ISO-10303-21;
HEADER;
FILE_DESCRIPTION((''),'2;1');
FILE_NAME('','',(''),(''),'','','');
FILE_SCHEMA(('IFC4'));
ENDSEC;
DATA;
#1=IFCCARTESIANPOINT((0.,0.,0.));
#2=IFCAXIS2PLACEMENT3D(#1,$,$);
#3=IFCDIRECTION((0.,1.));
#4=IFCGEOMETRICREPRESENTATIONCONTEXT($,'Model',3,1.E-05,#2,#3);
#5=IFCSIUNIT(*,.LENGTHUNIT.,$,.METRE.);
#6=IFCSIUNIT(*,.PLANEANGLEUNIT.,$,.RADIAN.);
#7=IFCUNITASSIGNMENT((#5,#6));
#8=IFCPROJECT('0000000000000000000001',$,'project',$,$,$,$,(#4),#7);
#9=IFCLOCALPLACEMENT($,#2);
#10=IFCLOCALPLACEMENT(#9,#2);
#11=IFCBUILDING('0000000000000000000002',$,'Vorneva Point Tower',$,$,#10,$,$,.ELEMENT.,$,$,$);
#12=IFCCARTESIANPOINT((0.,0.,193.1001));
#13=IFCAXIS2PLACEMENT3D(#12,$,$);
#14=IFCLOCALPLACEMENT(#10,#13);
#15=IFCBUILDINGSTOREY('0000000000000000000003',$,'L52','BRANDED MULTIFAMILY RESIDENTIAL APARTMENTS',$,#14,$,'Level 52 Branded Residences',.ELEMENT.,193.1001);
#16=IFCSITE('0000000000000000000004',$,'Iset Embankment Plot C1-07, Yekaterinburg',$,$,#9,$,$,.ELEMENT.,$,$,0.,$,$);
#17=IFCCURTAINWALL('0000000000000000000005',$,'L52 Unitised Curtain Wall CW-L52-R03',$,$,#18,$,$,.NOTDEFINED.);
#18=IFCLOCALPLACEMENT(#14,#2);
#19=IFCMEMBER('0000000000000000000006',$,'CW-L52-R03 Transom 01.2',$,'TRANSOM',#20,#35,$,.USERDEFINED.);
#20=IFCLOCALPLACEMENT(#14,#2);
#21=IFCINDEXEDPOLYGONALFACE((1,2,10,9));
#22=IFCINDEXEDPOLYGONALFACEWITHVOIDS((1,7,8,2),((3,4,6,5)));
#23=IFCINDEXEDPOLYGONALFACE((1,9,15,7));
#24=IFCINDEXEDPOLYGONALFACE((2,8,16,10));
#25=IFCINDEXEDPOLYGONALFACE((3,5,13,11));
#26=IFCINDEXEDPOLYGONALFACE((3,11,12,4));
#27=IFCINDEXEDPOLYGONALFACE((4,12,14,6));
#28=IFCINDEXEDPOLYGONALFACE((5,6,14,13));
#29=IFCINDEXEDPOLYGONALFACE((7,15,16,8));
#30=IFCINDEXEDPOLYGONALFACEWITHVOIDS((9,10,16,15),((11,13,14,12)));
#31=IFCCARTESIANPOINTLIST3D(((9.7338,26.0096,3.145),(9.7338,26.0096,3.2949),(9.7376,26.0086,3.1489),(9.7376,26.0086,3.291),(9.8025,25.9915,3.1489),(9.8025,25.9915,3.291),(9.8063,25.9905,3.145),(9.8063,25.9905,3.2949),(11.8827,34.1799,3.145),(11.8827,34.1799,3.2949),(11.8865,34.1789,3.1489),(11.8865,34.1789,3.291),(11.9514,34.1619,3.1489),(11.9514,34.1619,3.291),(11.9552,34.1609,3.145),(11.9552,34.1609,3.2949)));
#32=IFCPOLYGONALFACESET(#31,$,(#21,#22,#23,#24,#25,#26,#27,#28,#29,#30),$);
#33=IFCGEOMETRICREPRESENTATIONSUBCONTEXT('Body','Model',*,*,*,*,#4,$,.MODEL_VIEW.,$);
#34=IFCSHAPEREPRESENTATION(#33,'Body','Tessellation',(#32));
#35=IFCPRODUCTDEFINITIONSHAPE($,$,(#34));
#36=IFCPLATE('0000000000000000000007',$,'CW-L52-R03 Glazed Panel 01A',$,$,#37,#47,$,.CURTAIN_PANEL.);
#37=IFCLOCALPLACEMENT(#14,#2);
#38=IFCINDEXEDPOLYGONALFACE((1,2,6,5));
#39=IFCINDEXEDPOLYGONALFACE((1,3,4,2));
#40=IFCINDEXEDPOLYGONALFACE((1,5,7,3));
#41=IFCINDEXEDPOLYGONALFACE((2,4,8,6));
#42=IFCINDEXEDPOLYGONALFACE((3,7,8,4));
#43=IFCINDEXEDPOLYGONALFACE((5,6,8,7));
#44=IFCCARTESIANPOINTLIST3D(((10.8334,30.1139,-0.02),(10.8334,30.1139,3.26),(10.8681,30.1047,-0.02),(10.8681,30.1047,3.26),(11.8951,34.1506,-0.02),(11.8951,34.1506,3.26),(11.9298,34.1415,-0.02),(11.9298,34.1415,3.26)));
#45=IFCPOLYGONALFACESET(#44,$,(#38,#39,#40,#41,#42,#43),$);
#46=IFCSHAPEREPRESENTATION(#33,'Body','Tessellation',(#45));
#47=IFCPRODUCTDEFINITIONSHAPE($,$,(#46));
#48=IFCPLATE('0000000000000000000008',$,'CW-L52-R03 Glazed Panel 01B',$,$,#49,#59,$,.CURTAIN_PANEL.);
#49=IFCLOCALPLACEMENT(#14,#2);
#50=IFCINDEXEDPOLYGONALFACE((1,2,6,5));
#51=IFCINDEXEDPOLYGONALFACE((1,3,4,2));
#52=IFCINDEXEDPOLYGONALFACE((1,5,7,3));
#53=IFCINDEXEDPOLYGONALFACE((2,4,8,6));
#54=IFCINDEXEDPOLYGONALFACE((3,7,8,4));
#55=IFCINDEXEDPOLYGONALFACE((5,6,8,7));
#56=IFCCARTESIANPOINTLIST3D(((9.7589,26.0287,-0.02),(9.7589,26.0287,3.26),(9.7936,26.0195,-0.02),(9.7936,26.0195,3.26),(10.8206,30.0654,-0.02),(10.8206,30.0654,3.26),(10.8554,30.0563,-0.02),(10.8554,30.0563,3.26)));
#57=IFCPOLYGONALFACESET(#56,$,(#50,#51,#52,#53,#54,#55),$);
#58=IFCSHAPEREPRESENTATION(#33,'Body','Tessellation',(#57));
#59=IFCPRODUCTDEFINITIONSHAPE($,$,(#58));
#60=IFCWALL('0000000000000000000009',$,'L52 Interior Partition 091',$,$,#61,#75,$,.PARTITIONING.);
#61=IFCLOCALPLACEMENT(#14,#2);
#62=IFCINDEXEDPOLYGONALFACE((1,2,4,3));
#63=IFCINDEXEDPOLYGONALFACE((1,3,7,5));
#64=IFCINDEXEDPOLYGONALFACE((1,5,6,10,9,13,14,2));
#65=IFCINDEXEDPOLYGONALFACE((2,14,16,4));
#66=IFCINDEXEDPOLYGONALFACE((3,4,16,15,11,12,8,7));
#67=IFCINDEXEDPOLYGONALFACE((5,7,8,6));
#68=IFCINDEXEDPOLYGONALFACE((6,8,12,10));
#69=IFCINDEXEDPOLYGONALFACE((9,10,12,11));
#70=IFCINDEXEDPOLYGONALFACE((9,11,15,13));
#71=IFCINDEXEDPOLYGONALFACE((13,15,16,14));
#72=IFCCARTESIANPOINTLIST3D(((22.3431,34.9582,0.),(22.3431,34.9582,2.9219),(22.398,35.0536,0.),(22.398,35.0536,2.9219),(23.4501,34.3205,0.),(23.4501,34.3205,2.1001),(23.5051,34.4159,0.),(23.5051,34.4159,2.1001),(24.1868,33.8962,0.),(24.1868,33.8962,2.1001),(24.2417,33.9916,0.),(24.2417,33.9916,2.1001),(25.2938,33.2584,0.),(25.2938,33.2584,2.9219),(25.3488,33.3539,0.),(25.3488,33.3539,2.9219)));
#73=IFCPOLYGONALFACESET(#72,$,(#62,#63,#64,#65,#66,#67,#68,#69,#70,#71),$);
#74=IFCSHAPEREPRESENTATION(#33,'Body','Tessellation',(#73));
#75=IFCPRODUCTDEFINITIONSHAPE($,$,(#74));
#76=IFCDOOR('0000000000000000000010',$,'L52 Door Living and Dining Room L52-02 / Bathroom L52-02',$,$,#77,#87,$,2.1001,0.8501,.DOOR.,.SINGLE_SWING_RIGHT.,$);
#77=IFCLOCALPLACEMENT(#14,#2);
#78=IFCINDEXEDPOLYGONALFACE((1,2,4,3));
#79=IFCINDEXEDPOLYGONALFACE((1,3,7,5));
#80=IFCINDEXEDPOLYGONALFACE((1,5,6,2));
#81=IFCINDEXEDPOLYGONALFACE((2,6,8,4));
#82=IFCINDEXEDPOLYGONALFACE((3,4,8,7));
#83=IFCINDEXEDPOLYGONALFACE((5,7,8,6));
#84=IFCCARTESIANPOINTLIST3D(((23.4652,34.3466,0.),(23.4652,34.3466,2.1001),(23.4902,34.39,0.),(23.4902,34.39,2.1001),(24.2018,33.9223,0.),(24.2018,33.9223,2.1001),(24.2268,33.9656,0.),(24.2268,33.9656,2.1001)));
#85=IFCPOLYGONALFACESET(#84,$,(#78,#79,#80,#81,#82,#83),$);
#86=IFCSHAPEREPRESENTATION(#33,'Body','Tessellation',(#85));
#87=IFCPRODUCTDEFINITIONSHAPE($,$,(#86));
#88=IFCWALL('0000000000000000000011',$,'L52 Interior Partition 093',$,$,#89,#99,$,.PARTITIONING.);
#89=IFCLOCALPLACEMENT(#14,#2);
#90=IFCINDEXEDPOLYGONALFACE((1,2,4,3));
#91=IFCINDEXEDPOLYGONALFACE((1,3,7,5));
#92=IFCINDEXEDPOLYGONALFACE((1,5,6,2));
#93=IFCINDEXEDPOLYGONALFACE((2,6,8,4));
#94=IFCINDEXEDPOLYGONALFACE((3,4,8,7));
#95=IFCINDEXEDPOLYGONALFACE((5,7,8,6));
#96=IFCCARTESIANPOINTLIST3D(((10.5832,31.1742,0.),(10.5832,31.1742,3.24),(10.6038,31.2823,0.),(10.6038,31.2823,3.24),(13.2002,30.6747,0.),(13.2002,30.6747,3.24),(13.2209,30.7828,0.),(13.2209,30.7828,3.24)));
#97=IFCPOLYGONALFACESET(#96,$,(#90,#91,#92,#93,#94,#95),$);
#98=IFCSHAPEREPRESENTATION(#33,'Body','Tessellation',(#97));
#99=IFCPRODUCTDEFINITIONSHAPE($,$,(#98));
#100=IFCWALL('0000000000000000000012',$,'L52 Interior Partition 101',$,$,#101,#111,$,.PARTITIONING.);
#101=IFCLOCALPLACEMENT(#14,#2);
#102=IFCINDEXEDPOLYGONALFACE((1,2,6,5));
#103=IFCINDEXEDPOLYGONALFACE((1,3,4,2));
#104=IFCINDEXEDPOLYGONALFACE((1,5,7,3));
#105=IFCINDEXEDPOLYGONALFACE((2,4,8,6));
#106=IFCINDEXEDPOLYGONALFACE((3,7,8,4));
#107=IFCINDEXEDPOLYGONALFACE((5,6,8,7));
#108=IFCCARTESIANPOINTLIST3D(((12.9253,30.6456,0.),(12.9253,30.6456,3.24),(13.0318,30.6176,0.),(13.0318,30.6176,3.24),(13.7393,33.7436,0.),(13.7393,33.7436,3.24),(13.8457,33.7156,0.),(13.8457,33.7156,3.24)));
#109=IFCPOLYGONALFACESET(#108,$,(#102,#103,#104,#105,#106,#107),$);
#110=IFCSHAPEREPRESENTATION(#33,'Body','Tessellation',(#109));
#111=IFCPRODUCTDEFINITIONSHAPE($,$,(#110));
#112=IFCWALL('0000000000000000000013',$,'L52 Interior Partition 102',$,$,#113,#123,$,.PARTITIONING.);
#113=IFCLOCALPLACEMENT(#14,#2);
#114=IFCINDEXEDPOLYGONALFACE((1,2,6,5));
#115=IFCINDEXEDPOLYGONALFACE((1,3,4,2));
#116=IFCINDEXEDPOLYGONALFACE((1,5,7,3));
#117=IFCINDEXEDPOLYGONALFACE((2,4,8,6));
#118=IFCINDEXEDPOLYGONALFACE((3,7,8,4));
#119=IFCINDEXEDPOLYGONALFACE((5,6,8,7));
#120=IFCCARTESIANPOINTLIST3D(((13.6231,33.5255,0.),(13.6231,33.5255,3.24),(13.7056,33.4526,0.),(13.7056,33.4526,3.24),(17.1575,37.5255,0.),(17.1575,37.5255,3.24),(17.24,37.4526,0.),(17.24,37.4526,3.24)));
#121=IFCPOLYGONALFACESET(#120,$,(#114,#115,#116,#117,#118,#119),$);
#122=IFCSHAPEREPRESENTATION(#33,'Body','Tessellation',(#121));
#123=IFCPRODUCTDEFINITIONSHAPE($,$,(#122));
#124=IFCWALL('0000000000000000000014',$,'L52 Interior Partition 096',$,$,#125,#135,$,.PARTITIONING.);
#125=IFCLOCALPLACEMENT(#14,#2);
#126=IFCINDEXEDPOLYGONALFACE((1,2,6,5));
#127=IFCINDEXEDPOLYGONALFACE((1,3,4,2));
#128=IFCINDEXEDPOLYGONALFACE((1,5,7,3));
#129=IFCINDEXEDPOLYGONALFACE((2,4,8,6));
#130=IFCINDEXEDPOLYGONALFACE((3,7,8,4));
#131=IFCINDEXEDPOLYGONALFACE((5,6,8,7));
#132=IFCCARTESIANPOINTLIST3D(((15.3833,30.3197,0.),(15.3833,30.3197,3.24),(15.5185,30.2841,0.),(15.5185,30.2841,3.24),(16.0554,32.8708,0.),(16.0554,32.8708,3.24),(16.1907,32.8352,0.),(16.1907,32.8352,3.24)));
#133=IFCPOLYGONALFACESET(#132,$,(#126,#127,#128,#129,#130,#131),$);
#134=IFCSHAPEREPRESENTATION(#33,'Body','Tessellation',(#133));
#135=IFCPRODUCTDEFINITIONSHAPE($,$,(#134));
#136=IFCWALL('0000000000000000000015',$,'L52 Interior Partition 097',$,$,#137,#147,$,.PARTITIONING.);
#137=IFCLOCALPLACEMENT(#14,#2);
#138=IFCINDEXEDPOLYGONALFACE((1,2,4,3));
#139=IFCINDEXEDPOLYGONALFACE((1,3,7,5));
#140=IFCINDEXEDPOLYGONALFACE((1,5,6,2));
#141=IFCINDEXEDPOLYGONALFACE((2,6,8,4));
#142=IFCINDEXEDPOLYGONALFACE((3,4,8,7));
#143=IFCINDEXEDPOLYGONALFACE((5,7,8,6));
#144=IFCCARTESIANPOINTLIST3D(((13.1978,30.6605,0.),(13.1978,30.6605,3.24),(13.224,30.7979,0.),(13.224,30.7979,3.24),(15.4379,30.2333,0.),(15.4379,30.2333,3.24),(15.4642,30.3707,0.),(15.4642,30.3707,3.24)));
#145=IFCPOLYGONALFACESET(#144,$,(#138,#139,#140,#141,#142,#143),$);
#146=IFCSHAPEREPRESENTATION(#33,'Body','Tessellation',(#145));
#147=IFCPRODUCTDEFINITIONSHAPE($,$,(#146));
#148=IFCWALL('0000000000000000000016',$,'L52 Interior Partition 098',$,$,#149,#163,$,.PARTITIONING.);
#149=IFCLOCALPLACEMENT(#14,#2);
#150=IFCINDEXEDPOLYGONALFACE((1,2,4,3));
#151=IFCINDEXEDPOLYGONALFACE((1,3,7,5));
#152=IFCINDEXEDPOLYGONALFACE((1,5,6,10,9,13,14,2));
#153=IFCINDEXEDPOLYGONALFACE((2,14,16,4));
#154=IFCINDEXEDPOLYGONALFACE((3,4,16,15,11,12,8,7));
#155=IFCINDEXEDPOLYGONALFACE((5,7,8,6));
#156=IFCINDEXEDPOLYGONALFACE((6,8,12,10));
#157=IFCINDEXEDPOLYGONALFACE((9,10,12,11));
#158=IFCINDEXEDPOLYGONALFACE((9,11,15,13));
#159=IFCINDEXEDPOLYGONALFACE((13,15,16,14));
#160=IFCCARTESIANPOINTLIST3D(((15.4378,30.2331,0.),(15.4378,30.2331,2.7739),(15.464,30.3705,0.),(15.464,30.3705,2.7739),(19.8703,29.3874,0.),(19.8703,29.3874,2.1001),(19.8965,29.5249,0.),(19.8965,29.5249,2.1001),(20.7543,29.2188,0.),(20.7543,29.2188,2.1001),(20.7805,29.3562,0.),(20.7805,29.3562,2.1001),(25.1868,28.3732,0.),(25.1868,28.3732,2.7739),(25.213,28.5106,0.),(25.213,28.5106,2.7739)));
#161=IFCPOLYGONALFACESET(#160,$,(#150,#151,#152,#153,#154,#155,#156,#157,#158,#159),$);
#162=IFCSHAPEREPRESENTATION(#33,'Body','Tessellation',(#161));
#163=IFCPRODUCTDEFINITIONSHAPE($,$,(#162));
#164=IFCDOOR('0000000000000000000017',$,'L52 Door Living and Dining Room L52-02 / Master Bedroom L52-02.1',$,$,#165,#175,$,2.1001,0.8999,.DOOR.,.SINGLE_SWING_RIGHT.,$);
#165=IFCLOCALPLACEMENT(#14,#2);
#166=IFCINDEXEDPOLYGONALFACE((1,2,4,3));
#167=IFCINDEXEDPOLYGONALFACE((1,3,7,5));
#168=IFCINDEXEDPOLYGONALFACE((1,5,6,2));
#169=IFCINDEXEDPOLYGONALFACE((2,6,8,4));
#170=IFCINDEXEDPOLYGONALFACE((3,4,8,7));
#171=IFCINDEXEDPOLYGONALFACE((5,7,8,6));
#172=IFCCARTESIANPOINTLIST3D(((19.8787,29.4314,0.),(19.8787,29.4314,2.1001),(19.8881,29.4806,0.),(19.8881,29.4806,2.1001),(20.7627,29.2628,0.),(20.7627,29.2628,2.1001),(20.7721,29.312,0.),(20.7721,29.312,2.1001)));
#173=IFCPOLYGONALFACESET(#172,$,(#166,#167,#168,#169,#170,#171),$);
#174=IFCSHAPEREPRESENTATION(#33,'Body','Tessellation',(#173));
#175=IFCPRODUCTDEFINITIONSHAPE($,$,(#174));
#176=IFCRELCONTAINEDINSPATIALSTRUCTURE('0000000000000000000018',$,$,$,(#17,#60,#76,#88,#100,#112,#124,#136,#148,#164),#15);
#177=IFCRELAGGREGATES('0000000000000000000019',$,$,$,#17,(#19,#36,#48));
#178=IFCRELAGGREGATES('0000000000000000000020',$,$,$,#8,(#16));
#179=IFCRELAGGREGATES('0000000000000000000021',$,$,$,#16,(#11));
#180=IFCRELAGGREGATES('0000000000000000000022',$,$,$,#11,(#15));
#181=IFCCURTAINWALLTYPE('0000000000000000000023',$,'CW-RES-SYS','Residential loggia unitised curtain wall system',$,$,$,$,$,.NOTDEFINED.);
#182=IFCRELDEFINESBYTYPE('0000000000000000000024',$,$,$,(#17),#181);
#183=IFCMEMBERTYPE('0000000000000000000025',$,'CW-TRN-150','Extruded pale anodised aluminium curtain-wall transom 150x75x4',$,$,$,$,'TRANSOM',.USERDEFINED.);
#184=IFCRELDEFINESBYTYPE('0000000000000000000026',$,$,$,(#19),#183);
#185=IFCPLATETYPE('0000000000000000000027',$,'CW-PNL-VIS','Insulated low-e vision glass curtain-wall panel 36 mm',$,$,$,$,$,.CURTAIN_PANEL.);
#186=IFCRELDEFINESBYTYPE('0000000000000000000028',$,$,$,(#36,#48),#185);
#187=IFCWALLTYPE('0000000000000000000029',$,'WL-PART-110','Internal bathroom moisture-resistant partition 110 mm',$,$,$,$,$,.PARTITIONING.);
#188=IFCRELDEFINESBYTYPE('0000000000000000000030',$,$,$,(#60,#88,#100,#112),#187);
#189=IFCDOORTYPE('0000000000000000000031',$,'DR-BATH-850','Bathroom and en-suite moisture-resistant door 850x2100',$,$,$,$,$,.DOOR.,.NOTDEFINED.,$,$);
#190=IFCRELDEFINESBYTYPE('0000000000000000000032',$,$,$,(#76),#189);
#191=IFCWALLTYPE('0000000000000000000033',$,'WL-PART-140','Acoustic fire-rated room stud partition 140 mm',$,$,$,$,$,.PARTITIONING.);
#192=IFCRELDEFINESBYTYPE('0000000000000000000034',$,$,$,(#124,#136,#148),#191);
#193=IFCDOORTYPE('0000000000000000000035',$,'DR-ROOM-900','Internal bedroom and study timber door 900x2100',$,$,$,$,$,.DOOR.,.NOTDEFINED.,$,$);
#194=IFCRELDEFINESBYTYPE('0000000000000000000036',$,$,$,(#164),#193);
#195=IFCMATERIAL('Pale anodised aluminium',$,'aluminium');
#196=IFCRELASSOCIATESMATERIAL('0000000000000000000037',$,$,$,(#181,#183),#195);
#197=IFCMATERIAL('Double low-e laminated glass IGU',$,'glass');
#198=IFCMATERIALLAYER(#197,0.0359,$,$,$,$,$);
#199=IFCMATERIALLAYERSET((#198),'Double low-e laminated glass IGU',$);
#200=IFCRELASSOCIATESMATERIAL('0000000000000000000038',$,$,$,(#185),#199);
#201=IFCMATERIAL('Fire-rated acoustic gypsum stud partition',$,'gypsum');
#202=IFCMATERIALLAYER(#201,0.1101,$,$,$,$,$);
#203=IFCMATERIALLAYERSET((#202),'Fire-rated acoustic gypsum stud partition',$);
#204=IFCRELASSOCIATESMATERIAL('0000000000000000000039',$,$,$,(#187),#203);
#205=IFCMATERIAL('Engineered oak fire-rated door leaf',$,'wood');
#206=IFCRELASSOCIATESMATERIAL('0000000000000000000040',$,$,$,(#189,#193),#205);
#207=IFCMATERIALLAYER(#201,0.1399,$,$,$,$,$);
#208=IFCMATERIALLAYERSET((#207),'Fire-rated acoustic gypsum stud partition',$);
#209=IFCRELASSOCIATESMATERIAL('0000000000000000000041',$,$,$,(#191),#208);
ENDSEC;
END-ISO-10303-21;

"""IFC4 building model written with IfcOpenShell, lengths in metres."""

from ifc_helpers import new_model, si_unit, direction, frame, frame_2d, origin, origin_2d, place, context, subcontext, project, spatial, rectangle, hollow_rectangle, extrude, material, layer, layer_set, material_profile, profile_set, type_object, element, fill, aggregate, save


model = new_model("IFC4")

# Units and contexts
model_context = context("Model", 3, precision=1e-05, world=origin(), true_north=direction((0.0, 1.0)))
body_context = subcontext(model_context, "Body", "Model", "MODEL_VIEW")
ifc_project = project(units=[si_unit("LENGTHUNIT", "METRE"), si_unit("PLANEANGLEUNIT", "RADIAN")], contexts=[model_context])

# Site, building, storey
site_placement = place(None, origin())
site = spatial("IfcSite", under=ifc_project, at=site_placement, Name="Iset Embankment Plot C1-07, Yekaterinburg", CompositionType="ELEMENT", RefElevation=0.0)
building_placement = place(site_placement, origin())
building = spatial("IfcBuilding", under=site, at=building_placement, Name="Vorneva Point Tower", CompositionType="ELEMENT")
storey_placement = place(building_placement, frame((0.0, 0.0, 193.1001)))
storey = spatial("IfcBuildingStorey", under=building, at=storey_placement, Name="L52", Description="BRANDED MULTIFAMILY RESIDENTIAL APARTMENTS", LongName="Level 52 Branded Residences", CompositionType="ELEMENT", Elevation=193.1001)

# Curtain wall, member, plates
ifc_material_1 = material(Name="Pale anodised aluminium", Category="aluminium")
curtain_wall_type = type_object("IfcCurtainWallType", Name="CW-RES-SYS", Description="Residential loggia unitised curtain wall system", PredefinedType="NOTDEFINED", material=ifc_material_1)
curtain_wall_placement = place(storey_placement, origin())
curtain_wall = element("IfcCurtainWall", 1, at=curtain_wall_placement, inside=storey, type_object=curtain_wall_type, Name="L52 Unitised Curtain Wall CW-L52-R03", PredefinedType="NOTDEFINED")
ifc_material_profile_1 = material_profile(ifc_material_1, hollow_rectangle(XDim=0.075, YDim=0.1499, WallThickness=0.0039, at=origin_2d()), Name="AL-TRN 150x75x4")
ifc_profile_set_1 = profile_set([ifc_material_profile_1], Name="Pale anodised aluminium")
member_type_1 = type_object("IfcMemberType", Name="CW-TRN-150", Description="Extruded pale anodised aluminium curtain-wall transom 150x75x4", ElementType="TRANSOM", PredefinedType="USERDEFINED", material=ifc_profile_set_1)
member_1_placement = place(storey_placement, frame((11.9189, 34.1704, 3.22), z_axis=(-0.254362, -0.967109, 0.0), x_axis=(0.967109, -0.254362, 0.0)))
member_1 = element("IfcMember", 2, at=member_1_placement, type_object=member_type_1, Name="CW-L52-R03 Transom 01.2", ObjectType="TRANSOM", PredefinedType="USERDEFINED", context=body_context, shape_type="SweptSolid", body=[
    extrude(hollow_rectangle(XDim=0.075, YDim=0.1499, WallThickness=0.0039, at=origin_2d()), origin(), (0.0, 0.0, 1.0), 8.4482),
])
ifc_material_2 = material(Name="Double low-e laminated glass IGU", Category="glass")
ifc_layer_1 = layer(ifc_material_2, 0.0359)
ifc_layer_set_1 = layer_set([ifc_layer_1], Name="Double low-e laminated glass IGU")
plate_type = type_object("IfcPlateType", Name="CW-PNL-VIS", Description="Insulated low-e vision glass curtain-wall panel 36 mm", PredefinedType="CURTAIN_PANEL", material=ifc_layer_set_1)
plate_1_placement = place(storey_placement, frame((11.3816, 32.1277, -0.02), z_axis=(0.0, 0.0, 1.0), x_axis=(-0.254366, -0.967108, 0.0)))
plate_1 = element("IfcPlate", 3, at=plate_1_placement, type_object=plate_type, Name="CW-L52-R03 Glazed Panel 01A", PredefinedType="CURTAIN_PANEL", context=body_context, shape_type="SweptSolid", body=[
    extrude(rectangle(XDim=4.1741, YDim=0.0359, at=origin_2d()), origin(), (0.0, 0.0, 1.0), 3.28),
])
plate_2_placement = place(storey_placement, frame((10.3071, 28.0425, -0.02), z_axis=(0.0, 0.0, 1.0), x_axis=(-0.254366, -0.967108, 0.0)))
plate_2 = element("IfcPlate", 4, at=plate_2_placement, type_object=plate_type, Name="CW-L52-R03 Glazed Panel 01B", PredefinedType="CURTAIN_PANEL", context=body_context, shape_type="SweptSolid", body=[
    extrude(rectangle(XDim=4.1741, YDim=0.0359, at=origin_2d()), origin(), (0.0, 0.0, 1.0), 3.28),
])
aggregate(curtain_wall, [member_1, plate_1, plate_2])

# Wall, opening, door
ifc_material_3 = material(Name="Fire-rated acoustic gypsum stud partition", Category="gypsum")
ifc_layer_2 = layer(ifc_material_3, 0.1101)
ifc_layer_set_2 = layer_set([ifc_layer_2], Name="Fire-rated acoustic gypsum stud partition")
wall_type_1 = type_object("IfcWallType", Name="WL-PART-110", Description="Internal bathroom moisture-resistant partition 110 mm", PredefinedType="PARTITIONING", material=ifc_layer_set_2)
wall_1_placement = place(storey_placement, frame((25.3213, 33.3062, 0.0), z_axis=(0.0, 0.0, 1.0), x_axis=(-0.866517, 0.499147, 0.0)))
wall_1 = element("IfcWall", 5, at=wall_1_placement, inside=storey, type_object=wall_type_1, Name="L52 Interior Partition 091", PredefinedType="PARTITIONING", context=body_context, shape_type="SweptSolid", body=[
    extrude(rectangle(XDim=3.4053, YDim=0.1101, at=frame_2d((1.7026, 0.0))), origin(), (0.0, 0.0, 1.0), 2.9219),
])
opening_1_placement = place(wall_1_placement, frame((1.2776, 0.0, 0.0)))
opening_1 = element("IfcOpeningElement", 6, at=opening_1_placement, cuts=wall_1, PredefinedType="OPENING", context=body_context, shape_type="SweptSolid", body=[
    extrude(rectangle(XDim=0.8501, YDim=2.1001, at=frame_2d((0.425, 1.05))), frame((0.0, 0.0698, 0.0), z_axis=(0.0, -1.0, 0.0), x_axis=(1.0, 0.0, 0.0)), (0.0, 0.0, 1.0), 0.1399),
])
ifc_material_4 = material(Name="Engineered oak fire-rated door leaf", Category="wood")
door_type_1 = type_object("IfcDoorType", Name="DR-BATH-850", Description="Bathroom and en-suite moisture-resistant door 850x2100", OperationType="NOTDEFINED", PredefinedType="DOOR", material=ifc_material_4)
door_1_placement = place(opening_1_placement, origin())
door_1 = element("IfcDoor", 7, at=door_1_placement, inside=storey, type_object=door_type_1, Name="L52 Door Living and Dining Room L52-02 / Bathroom L52-02", OperationType="SINGLE_SWING_RIGHT", OverallHeight=2.1001, OverallWidth=0.8501, PredefinedType="DOOR", context=body_context, shape_type="SweptSolid", body=[
    extrude(rectangle(XDim=0.8501, YDim=2.1001, at=frame_2d((0.425, 1.05))), frame((0.0, 0.0249, 0.0), z_axis=(0.0, -1.0, 0.0), x_axis=(1.0, 0.0, 0.0)), (0.0, 0.0, 1.0), 0.05),
])
fill(opening_1, door_1)

# Walls
wall_2_placement = place(storey_placement, frame((13.2104, 30.7288, 0.0), z_axis=(0.0, 0.0, 1.0), x_axis=(-0.982266, 0.187491, 0.0)))
element("IfcWall", 8, at=wall_2_placement, inside=storey, type_object=wall_type_1, Name="L52 Interior Partition 093", PredefinedType="PARTITIONING", context=body_context, shape_type="SweptSolid", body=[
    extrude(rectangle(XDim=2.6643, YDim=0.1101, at=frame_2d((1.332, 0.0))), origin(), (0.0, 0.0, 1.0), 3.24),
])
wall_3_placement = place(storey_placement, frame((12.9785, 30.6316, 0.0), z_axis=(0.0, 0.0, 1.0), x_axis=(0.254122, 0.967172, 0.0)))
element("IfcWall", 9, at=wall_3_placement, inside=storey, type_object=wall_type_1, Name="L52 Interior Partition 101", PredefinedType="PARTITIONING", context=body_context, shape_type="SweptSolid", body=[
    extrude(rectangle(XDim=3.2031, YDim=0.1101, at=frame_2d((1.6016, 0.0))), origin(), (0.0, 0.0, 1.0), 3.24),
])
wall_4_placement = place(storey_placement, frame((13.6643, 33.489, 0.0), z_axis=(0.0, 0.0, 1.0), x_axis=(0.662149, 0.749372, 0.0)))
element("IfcWall", 10, at=wall_4_placement, inside=storey, type_object=wall_type_1, Name="L52 Interior Partition 102", PredefinedType="PARTITIONING", context=body_context, shape_type="SweptSolid", body=[
    extrude(rectangle(XDim=5.3379, YDim=0.1101, at=frame_2d((2.6689, 0.0))), origin(), (0.0, 0.0, 1.0), 3.24),
])
ifc_layer_3 = layer(ifc_material_3, 0.1399)
ifc_layer_set_3 = layer_set([ifc_layer_3], Name="Fire-rated acoustic gypsum stud partition")
wall_type_2 = type_object("IfcWallType", Name="WL-PART-140", Description="Acoustic fire-rated room stud partition 140 mm", PredefinedType="PARTITIONING", material=ifc_layer_set_3)
wall_5_placement = place(storey_placement, frame((16.123, 32.853, 0.0), z_axis=(0.0, 0.0, 1.0), x_axis=(-0.254776, -0.967, 0.0)))
element("IfcWall", 11, at=wall_5_placement, inside=storey, type_object=wall_type_2, Name="L52 Interior Partition 096", PredefinedType="PARTITIONING", context=body_context, shape_type="SweptSolid", body=[
    extrude(rectangle(XDim=2.6382, YDim=0.1399, at=frame_2d((1.3191, 0.0))), origin(), (0.0, 0.0, 1.0), 3.24),
])
wall_6_placement = place(storey_placement, frame((15.4509, 30.302, 0.0), z_axis=(0.0, 0.0, 1.0), x_axis=(-0.982295, 0.187338, 0.0)))
element("IfcWall", 12, at=wall_6_placement, inside=storey, type_object=wall_type_2, Name="L52 Interior Partition 097", PredefinedType="PARTITIONING", context=body_context, shape_type="SweptSolid", body=[
    extrude(rectangle(XDim=2.2805, YDim=0.1399, at=frame_2d((1.1401, 0.0))), origin(), (0.0, 0.0, 1.0), 3.24),
])

# Wall, opening, door
wall_7_placement = place(storey_placement, frame((15.4509, 30.3018, 0.0), z_axis=(0.0, 0.0, 1.0), x_axis=(0.982285, -0.187395, 0.0)))
wall_7 = element("IfcWall", 13, at=wall_7_placement, inside=storey, type_object=wall_type_2, Name="L52 Interior Partition 098", PredefinedType="PARTITIONING", context=body_context, shape_type="SweptSolid", body=[
    extrude(rectangle(XDim=9.9248, YDim=0.1399, at=frame_2d((4.9624, 0.0))), origin(), (0.0, 0.0, 1.0), 2.7739),
])
opening_2_placement = place(wall_7_placement, frame((4.5125, 0.0, 0.0)))
opening_2 = element("IfcOpeningElement", 14, at=opening_2_placement, cuts=wall_7, PredefinedType="OPENING", context=body_context, shape_type="SweptSolid", body=[
    extrude(rectangle(XDim=0.8999, YDim=2.1001, at=frame_2d((0.45, 1.05))), frame((0.0, 0.085, 0.0), z_axis=(0.0, -1.0, 0.0), x_axis=(1.0, 0.0, 0.0)), (0.0, 0.0, 1.0), 0.1697),
])
door_type_2 = type_object("IfcDoorType", Name="DR-ROOM-900", Description="Internal bedroom and study timber door 900x2100", OperationType="NOTDEFINED", PredefinedType="DOOR", material=ifc_material_4)
door_2_placement = place(opening_2_placement, origin())
door_2 = element("IfcDoor", 15, at=door_2_placement, inside=storey, type_object=door_type_2, Name="L52 Door Living and Dining Room L52-02 / Master Bedroom L52-02.1", OperationType="SINGLE_SWING_RIGHT", OverallHeight=2.1001, OverallWidth=0.8999, PredefinedType="DOOR", context=body_context, shape_type="SweptSolid", body=[
    extrude(rectangle(XDim=0.8999, YDim=2.1001, at=frame_2d((0.45, 1.05))), frame((0.0, 0.0249, 0.0), z_axis=(0.0, -1.0, 0.0), x_axis=(1.0, 0.0, 0.0)), (0.0, 0.0, 1.0), 0.05),
])
fill(opening_2, door_2)

save(model, "model.ifc")
